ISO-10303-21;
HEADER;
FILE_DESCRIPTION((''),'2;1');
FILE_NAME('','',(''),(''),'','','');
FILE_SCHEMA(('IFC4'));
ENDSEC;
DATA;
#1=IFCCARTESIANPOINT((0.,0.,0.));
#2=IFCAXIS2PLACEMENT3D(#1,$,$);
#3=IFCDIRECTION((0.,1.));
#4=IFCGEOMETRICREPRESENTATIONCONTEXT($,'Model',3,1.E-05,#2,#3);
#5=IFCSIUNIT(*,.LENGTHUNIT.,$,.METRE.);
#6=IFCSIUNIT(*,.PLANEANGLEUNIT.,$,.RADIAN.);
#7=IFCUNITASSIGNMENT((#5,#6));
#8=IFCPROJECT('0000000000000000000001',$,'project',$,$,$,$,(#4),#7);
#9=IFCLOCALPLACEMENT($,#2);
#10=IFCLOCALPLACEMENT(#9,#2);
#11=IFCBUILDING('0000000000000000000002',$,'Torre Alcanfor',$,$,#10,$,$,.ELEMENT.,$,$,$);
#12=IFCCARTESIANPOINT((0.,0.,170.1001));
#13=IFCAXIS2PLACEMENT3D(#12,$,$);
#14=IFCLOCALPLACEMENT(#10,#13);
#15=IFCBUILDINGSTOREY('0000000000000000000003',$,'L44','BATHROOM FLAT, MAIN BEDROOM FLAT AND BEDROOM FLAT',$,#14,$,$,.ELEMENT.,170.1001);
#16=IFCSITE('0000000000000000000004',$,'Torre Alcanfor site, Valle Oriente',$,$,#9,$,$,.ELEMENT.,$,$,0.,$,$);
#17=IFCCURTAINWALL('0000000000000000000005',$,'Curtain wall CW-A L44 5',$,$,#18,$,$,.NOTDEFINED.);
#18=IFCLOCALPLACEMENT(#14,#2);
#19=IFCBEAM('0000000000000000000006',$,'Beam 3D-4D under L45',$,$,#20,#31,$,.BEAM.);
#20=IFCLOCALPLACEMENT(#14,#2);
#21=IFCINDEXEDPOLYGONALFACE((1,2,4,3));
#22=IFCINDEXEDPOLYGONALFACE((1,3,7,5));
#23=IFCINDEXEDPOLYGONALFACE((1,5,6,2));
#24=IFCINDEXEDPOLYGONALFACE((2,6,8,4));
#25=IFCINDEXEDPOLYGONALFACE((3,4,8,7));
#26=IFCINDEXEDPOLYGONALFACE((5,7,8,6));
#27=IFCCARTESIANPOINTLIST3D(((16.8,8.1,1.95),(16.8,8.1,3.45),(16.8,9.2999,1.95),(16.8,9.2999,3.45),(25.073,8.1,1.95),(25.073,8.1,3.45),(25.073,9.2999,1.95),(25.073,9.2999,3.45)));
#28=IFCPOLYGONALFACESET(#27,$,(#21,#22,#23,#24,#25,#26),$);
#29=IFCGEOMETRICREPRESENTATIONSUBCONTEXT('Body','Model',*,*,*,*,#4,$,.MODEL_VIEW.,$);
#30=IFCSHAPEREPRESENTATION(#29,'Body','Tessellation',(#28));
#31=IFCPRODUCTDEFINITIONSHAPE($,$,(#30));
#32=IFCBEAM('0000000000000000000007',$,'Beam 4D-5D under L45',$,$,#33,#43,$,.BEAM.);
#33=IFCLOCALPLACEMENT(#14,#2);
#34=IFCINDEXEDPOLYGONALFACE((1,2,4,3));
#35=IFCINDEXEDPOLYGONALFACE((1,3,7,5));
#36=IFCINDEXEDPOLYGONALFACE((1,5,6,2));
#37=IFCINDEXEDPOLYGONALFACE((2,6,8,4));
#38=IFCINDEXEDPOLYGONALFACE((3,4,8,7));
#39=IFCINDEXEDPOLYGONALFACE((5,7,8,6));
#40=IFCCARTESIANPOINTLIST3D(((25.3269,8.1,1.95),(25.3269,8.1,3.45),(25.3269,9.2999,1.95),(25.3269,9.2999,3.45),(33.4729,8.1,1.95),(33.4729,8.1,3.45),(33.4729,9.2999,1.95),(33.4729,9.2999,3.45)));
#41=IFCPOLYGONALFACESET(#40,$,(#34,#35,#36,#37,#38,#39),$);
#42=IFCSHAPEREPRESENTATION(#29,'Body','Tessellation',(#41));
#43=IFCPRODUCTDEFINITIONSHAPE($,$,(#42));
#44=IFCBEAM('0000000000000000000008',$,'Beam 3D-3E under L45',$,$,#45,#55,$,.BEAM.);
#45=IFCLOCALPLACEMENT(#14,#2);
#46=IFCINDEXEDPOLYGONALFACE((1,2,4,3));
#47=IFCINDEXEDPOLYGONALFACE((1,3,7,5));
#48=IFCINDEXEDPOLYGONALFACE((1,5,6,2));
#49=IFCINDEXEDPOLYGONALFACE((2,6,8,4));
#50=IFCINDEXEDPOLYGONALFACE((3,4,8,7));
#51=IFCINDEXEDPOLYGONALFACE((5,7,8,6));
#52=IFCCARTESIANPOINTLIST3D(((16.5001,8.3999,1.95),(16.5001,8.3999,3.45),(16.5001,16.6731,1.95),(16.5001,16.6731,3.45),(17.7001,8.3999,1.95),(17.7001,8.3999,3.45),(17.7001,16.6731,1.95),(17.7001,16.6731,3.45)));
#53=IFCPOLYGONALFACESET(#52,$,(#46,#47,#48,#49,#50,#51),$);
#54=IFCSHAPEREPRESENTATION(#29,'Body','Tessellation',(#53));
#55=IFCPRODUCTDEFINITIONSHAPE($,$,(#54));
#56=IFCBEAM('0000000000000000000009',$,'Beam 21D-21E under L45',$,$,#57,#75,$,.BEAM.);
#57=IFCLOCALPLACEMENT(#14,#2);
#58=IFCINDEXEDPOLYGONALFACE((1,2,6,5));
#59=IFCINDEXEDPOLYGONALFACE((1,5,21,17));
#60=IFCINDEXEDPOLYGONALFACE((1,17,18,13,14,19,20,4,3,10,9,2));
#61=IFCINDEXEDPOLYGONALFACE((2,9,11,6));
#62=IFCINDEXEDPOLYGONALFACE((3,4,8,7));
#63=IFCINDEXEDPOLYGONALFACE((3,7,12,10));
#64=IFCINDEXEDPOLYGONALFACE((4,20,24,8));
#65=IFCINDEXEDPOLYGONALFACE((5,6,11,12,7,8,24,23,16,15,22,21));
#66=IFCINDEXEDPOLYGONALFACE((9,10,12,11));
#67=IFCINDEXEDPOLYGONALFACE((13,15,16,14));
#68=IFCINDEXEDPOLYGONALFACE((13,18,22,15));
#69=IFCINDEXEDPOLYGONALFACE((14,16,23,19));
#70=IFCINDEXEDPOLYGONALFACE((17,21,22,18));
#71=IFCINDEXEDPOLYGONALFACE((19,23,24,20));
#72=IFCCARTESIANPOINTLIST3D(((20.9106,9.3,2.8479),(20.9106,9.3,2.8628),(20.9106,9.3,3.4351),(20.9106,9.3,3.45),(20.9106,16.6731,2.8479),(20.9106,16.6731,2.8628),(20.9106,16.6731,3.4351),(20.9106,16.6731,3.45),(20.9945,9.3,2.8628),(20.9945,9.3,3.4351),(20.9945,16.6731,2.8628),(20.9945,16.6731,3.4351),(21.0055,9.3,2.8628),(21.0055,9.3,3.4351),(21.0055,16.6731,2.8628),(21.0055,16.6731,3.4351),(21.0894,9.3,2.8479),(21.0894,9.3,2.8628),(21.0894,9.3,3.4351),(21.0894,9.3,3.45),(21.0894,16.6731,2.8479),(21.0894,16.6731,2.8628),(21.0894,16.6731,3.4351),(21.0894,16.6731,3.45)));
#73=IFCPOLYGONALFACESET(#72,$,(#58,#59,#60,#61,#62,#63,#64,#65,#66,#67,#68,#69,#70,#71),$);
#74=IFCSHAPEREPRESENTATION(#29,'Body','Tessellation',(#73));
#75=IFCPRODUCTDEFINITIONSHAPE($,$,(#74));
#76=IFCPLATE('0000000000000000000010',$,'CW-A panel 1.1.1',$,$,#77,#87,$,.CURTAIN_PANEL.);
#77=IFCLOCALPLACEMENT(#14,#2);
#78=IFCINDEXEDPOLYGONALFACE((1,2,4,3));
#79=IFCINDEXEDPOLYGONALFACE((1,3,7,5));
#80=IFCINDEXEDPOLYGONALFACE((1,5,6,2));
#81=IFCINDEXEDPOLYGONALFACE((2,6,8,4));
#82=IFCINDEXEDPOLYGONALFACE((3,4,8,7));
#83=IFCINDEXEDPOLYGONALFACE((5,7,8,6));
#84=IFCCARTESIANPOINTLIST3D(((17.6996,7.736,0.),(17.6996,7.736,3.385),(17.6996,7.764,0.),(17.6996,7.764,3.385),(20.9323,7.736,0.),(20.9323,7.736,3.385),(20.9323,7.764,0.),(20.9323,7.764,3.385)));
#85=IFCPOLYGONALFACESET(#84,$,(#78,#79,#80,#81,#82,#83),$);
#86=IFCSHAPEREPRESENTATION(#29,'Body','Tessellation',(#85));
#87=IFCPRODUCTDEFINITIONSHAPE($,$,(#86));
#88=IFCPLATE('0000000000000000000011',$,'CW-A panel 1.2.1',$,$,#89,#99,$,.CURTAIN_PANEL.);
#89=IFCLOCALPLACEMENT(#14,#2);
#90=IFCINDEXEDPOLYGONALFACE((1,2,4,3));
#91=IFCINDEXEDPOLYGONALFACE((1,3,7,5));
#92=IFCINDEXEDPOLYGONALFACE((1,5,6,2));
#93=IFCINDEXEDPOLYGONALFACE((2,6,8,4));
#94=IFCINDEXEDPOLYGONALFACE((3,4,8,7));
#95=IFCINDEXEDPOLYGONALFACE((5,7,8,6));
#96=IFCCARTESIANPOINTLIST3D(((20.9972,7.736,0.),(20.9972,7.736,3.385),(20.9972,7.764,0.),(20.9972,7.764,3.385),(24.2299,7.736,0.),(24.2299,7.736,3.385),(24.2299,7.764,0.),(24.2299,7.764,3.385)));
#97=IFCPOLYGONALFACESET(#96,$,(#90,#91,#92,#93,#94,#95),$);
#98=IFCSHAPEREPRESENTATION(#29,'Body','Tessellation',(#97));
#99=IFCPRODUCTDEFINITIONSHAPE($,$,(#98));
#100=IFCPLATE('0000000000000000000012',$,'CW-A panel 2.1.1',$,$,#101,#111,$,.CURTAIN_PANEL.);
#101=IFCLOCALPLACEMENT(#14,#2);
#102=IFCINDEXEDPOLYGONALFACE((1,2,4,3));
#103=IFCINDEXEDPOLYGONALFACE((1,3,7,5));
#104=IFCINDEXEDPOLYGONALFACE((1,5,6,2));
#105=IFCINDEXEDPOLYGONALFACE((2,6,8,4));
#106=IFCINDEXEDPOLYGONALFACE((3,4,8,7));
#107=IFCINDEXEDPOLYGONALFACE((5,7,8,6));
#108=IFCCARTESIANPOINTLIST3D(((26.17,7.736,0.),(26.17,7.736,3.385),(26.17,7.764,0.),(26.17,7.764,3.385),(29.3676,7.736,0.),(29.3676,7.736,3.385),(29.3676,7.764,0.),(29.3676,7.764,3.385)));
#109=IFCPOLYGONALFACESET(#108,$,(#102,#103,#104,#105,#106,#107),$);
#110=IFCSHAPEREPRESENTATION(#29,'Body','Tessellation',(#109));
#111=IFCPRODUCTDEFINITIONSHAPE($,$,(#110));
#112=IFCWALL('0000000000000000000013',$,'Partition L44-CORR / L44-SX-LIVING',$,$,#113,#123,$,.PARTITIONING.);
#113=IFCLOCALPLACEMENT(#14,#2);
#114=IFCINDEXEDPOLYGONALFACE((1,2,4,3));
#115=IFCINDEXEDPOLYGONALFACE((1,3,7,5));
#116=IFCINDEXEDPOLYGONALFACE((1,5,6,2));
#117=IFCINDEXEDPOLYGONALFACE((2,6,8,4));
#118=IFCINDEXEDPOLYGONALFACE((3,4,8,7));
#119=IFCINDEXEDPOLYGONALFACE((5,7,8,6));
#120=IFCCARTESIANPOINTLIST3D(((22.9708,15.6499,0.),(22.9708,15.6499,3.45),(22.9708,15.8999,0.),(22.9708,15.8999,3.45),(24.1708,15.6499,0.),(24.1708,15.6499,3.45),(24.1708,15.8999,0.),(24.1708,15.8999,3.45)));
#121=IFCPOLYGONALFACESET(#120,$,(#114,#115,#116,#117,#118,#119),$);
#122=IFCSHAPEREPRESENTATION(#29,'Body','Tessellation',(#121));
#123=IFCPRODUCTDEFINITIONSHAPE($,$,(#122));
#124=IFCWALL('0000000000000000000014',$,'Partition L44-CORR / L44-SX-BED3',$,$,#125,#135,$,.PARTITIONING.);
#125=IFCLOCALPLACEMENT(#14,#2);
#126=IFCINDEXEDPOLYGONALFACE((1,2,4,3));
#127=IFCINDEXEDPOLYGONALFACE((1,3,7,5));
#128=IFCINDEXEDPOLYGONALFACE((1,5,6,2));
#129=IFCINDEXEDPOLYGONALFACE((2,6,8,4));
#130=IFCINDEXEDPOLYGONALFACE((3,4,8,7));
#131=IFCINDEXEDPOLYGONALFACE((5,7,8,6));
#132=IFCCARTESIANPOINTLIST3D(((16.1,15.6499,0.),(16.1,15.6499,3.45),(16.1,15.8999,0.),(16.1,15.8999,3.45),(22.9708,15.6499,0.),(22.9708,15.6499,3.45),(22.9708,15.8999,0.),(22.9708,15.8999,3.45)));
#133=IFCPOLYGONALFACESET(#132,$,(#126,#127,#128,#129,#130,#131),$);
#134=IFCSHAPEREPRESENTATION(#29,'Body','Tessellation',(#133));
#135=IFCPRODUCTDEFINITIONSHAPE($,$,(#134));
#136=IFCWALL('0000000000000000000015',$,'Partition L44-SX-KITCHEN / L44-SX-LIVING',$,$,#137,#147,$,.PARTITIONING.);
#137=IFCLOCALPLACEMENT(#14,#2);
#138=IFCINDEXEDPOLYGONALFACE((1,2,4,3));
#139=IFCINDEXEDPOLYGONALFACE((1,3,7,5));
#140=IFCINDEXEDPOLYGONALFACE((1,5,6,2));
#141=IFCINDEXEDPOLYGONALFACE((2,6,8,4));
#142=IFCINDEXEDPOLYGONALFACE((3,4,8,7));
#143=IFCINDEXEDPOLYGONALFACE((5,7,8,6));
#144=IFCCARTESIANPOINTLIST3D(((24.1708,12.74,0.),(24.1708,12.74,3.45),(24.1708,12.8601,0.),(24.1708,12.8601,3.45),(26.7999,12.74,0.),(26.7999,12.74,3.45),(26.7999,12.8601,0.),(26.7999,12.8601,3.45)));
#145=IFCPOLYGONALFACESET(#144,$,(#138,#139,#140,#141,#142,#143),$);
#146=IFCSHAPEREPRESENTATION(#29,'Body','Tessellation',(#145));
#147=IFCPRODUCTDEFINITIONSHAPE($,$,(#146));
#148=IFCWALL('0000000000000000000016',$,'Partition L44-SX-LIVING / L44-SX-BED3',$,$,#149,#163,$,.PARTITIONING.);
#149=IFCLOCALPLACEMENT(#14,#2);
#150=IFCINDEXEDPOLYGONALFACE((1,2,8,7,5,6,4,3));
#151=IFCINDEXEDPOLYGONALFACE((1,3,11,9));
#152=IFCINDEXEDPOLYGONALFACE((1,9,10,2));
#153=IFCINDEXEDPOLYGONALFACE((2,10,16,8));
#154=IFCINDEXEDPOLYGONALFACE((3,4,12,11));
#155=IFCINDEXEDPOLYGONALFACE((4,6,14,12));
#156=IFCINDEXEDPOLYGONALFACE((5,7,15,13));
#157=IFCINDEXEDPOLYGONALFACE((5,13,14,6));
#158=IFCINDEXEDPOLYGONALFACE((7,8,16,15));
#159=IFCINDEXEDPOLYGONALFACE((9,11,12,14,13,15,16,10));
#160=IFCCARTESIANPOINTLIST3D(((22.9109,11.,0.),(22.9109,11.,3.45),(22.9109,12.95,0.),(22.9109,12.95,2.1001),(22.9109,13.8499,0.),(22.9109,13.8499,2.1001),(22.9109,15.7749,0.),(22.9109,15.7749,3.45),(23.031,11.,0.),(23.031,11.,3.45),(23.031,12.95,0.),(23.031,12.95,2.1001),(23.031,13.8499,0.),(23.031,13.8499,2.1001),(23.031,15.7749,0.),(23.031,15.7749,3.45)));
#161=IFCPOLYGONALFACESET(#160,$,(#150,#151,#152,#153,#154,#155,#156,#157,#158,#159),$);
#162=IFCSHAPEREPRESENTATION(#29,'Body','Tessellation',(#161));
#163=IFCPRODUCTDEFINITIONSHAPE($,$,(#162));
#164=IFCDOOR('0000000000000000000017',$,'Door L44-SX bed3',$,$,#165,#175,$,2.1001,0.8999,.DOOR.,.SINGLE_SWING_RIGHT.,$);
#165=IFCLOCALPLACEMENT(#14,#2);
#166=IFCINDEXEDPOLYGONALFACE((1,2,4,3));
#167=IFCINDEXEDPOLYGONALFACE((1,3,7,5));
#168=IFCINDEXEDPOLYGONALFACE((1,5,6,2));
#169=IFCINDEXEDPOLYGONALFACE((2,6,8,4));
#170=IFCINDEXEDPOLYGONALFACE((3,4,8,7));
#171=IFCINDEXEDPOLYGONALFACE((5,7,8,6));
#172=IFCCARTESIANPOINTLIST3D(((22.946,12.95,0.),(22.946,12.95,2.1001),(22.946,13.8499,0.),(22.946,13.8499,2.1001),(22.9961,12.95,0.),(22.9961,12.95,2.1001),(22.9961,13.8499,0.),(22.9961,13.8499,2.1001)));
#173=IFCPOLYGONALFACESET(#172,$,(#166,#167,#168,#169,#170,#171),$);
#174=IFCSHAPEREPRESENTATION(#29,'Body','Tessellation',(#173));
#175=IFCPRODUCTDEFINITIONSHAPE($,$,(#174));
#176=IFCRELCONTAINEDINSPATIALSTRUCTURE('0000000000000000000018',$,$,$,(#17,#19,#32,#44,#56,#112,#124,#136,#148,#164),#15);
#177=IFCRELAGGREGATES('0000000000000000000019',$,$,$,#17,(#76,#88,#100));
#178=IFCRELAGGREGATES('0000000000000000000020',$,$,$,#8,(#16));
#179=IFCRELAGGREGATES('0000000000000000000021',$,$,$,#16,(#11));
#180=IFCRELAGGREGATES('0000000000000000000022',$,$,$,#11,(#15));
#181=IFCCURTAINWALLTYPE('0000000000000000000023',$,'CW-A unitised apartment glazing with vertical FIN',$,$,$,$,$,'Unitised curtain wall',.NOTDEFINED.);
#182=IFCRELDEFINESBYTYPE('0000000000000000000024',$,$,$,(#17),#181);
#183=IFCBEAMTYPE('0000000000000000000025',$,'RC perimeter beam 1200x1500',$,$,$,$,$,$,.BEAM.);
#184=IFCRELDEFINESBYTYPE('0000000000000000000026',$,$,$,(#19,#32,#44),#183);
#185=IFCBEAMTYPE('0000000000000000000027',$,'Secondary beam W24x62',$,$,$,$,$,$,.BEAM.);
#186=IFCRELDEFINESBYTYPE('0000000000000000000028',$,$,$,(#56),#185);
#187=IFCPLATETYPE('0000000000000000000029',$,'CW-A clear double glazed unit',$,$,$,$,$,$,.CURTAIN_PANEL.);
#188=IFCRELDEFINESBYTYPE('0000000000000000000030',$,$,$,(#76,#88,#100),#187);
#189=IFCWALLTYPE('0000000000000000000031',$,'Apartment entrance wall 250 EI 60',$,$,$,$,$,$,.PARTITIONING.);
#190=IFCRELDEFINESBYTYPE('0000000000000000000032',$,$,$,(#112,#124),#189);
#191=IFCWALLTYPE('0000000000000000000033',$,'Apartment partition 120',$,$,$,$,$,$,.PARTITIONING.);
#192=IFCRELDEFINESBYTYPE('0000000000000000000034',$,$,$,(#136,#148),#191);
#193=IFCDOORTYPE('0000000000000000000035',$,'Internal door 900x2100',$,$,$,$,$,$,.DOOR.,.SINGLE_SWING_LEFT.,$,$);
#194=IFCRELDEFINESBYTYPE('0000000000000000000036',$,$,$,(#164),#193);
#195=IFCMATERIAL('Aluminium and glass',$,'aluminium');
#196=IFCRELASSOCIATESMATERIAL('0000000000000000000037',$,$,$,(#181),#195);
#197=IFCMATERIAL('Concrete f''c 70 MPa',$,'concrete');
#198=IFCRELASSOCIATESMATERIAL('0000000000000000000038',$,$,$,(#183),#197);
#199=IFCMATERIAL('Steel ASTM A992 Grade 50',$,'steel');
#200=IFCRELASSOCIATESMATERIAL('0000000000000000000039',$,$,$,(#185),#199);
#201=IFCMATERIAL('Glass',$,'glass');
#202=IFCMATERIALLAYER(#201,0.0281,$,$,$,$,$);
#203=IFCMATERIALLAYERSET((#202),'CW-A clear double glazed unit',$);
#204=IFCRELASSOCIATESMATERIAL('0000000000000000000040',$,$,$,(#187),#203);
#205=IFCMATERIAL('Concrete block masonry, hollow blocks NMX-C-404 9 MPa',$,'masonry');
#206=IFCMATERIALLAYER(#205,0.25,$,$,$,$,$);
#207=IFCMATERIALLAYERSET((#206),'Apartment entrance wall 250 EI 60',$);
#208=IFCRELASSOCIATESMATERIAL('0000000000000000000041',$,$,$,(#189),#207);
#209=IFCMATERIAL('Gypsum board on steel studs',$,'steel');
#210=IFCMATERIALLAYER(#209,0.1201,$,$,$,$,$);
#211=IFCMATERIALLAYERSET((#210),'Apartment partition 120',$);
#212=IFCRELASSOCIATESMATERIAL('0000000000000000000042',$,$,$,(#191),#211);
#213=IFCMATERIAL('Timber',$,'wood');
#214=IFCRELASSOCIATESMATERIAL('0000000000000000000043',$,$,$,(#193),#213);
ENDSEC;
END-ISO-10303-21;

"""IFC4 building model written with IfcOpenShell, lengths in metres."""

from ifc_helpers import new_model, si_unit, direction, frame, frame_2d, origin, origin_2d, place, context, subcontext, project, spatial, rectangle, i_section, extrude, material, layer, layer_set, material_profile, profile_set, type_object, element, fill, aggregate, save


model = new_model("IFC4")

# Units and contexts
model_context = context("Model", 3, precision=1e-05, world=origin(), true_north=direction((0.0, 1.0)))
body_context = subcontext(model_context, "Body", "Model", "MODEL_VIEW")
ifc_project = project(units=[si_unit("LENGTHUNIT", "METRE"), si_unit("PLANEANGLEUNIT", "RADIAN")], contexts=[model_context])

# Site, building, storey
site_placement = place(None, origin())
site = spatial("IfcSite", under=ifc_project, at=site_placement, Name="Torre Alcanfor site, Valle Oriente", CompositionType="ELEMENT", RefElevation=0.0)
building_placement = place(site_placement, origin())
building = spatial("IfcBuilding", under=site, at=building_placement, Name="Torre Alcanfor", CompositionType="ELEMENT")
storey_placement = place(building_placement, frame((0.0, 0.0, 170.1001)))
storey = spatial("IfcBuildingStorey", under=building, at=storey_placement, Name="L44", Description="BATHROOM FLAT, MAIN BEDROOM FLAT AND BEDROOM FLAT", CompositionType="ELEMENT", Elevation=170.1001)

# Curtain wall
ifc_material_1 = material(Name="Aluminium and glass", Category="aluminium")
curtain_wall_type = type_object("IfcCurtainWallType", Name="CW-A unitised apartment glazing with vertical FIN", ElementType="Unitised curtain wall", PredefinedType="NOTDEFINED", material=ifc_material_1)
curtain_wall_placement = place(storey_placement, origin())
curtain_wall = element("IfcCurtainWall", 1, at=curtain_wall_placement, inside=storey, type_object=curtain_wall_type, Name="Curtain wall CW-A L44 5", PredefinedType="NOTDEFINED")

# Beams
ifc_material_2 = material(Name="Concrete f'c 70 MPa", Category="concrete")
ifc_material_profile_1 = material_profile(ifc_material_2, rectangle(XDim=1.2, YDim=1.5, at=origin_2d()), Name="1200x1500")
ifc_profile_set_1 = profile_set([ifc_material_profile_1], Name="Concrete f'c 70 MPa")
beam_type_1 = type_object("IfcBeamType", Name="RC perimeter beam 1200x1500", PredefinedType="BEAM", material=ifc_profile_set_1)
beam_1_placement = place(storey_placement, frame((16.8, 8.7, 2.7), z_axis=(1.0, 0.0, 0.0), x_axis=(0.0, 1.0, 0.0)))
element("IfcBeam", 2, at=beam_1_placement, inside=storey, type_object=beam_type_1, Name="Beam 3D-4D under L45", PredefinedType="BEAM", context=body_context, shape_type="SweptSolid", body=[
    extrude(rectangle(XDim=1.2, YDim=1.5, at=origin_2d()), origin(), (0.0, 0.0, 1.0), 8.2729),
])
beam_2_placement = place(storey_placement, frame((25.3269, 8.7, 2.7), z_axis=(1.0, 0.0, 0.0), x_axis=(0.0, 1.0, 0.0)))
element("IfcBeam", 3, at=beam_2_placement, inside=storey, type_object=beam_type_1, Name="Beam 4D-5D under L45", PredefinedType="BEAM", context=body_context, shape_type="SweptSolid", body=[
    extrude(rectangle(XDim=1.2, YDim=1.5, at=origin_2d()), origin(), (0.0, 0.0, 1.0), 8.146),
])
beam_3_placement = place(storey_placement, frame((17.1001, 8.3999, 2.7), z_axis=(0.0, 1.0, 0.0), x_axis=(-1.0, 0.0, 0.0)))
element("IfcBeam", 4, at=beam_3_placement, inside=storey, type_object=beam_type_1, Name="Beam 3D-3E under L45", PredefinedType="BEAM", context=body_context, shape_type="SweptSolid", body=[
    extrude(rectangle(XDim=1.2, YDim=1.5, at=origin_2d()), origin(), (0.0, 0.0, 1.0), 8.2732),
])
ifc_material_3 = material(Name="Steel ASTM A992 Grade 50", Category="steel")
ifc_material_profile_2 = material_profile(ifc_material_3, i_section(OverallWidth=0.1787, OverallDepth=0.6021, WebThickness=0.011, FlangeThickness=0.0149, at=origin_2d()), Name="W24x62")
ifc_profile_set_2 = profile_set([ifc_material_profile_2], Name="Steel ASTM A992 Grade 50")
beam_type_2 = type_object("IfcBeamType", Name="Secondary beam W24x62", PredefinedType="BEAM", material=ifc_profile_set_2)
beam_4_placement = place(storey_placement, frame((21.0, 9.3, 3.1489), z_axis=(0.0, 1.0, 0.0), x_axis=(-1.0, 0.0, 0.0)))
element("IfcBeam", 5, at=beam_4_placement, inside=storey, type_object=beam_type_2, Name="Beam 21D-21E under L45", PredefinedType="BEAM", context=body_context, shape_type="SweptSolid", body=[
    extrude(i_section(OverallWidth=0.1787, OverallDepth=0.6021, WebThickness=0.011, FlangeThickness=0.0149, at=origin_2d()), origin(), (0.0, 0.0, 1.0), 7.373),
])

# Plates
ifc_material_4 = material(Name="Glass", Category="glass")
ifc_layer_1 = layer(ifc_material_4, 0.0281)
ifc_layer_set_1 = layer_set([ifc_layer_1], Name="CW-A clear double glazed unit")
plate_type = type_object("IfcPlateType", Name="CW-A clear double glazed unit", PredefinedType="CURTAIN_PANEL", material=ifc_layer_set_1)
plate_1_placement = place(storey_placement, frame((19.3159, 7.75, 0.0), z_axis=(0.0, 0.0, 1.0), x_axis=(1.0, 0.0, 0.0)))
plate_1 = element("IfcPlate", 6, at=plate_1_placement, type_object=plate_type, Name="CW-A panel 1.1.1", PredefinedType="CURTAIN_PANEL", context=body_context, shape_type="SweptSolid", body=[
    extrude(rectangle(XDim=3.2327, YDim=0.0281, at=origin_2d()), origin(), (0.0, 0.0, 1.0), 3.385),
])
plate_2_placement = place(storey_placement, frame((22.6135, 7.75, 0.0), z_axis=(0.0, 0.0, 1.0), x_axis=(1.0, 0.0, 0.0)))
plate_2 = element("IfcPlate", 7, at=plate_2_placement, type_object=plate_type, Name="CW-A panel 1.2.1", PredefinedType="CURTAIN_PANEL", context=body_context, shape_type="SweptSolid", body=[
    extrude(rectangle(XDim=3.2327, YDim=0.0281, at=origin_2d()), origin(), (0.0, 0.0, 1.0), 3.385),
])
plate_3_placement = place(storey_placement, frame((27.7688, 7.75, 0.0), z_axis=(0.0, 0.0, 1.0), x_axis=(1.0, 0.0, 0.0)))
plate_3 = element("IfcPlate", 8, at=plate_3_placement, type_object=plate_type, Name="CW-A panel 2.1.1", PredefinedType="CURTAIN_PANEL", context=body_context, shape_type="SweptSolid", body=[
    extrude(rectangle(XDim=3.1975, YDim=0.0281, at=origin_2d()), origin(), (0.0, 0.0, 1.0), 3.385),
])
aggregate(curtain_wall, [plate_1, plate_2, plate_3])

# Walls
ifc_material_5 = material(Name="Concrete block masonry, hollow blocks NMX-C-404 9 MPa", Category="masonry")
ifc_layer_2 = layer(ifc_material_5, 0.25)
ifc_layer_set_2 = layer_set([ifc_layer_2], Name="Apartment entrance wall 250 EI 60")
wall_type_1 = type_object("IfcWallType", Name="Apartment entrance wall 250 EI 60", PredefinedType="PARTITIONING", material=ifc_layer_set_2)
wall_1_placement = place(storey_placement, frame((24.1709, 15.7749, 0.0), z_axis=(0.0, 0.0, 1.0), x_axis=(-1.0, 0.0, 0.0)))
element("IfcWall", 9, at=wall_1_placement, inside=storey, type_object=wall_type_1, Name="Partition L44-CORR / L44-SX-LIVING", PredefinedType="PARTITIONING", context=body_context, shape_type="SweptSolid", body=[
    extrude(rectangle(XDim=1.2, YDim=0.25, at=frame_2d((0.6001, 0.0))), origin(), (0.0, 0.0, 1.0), 3.45),
])
wall_2_placement = place(storey_placement, frame((22.9709, 15.7749, 0.0), z_axis=(0.0, 0.0, 1.0), x_axis=(-1.0, 0.0, 0.0)))
element("IfcWall", 10, at=wall_2_placement, inside=storey, type_object=wall_type_1, Name="Partition L44-CORR / L44-SX-BED3", PredefinedType="PARTITIONING", context=body_context, shape_type="SweptSolid", body=[
    extrude(rectangle(XDim=6.8708, YDim=0.25, at=frame_2d((3.4355, 0.0))), origin(), (0.0, 0.0, 1.0), 3.45),
])
ifc_material_6 = material(Name="Gypsum board on steel studs", Category="steel")
ifc_layer_3 = layer(ifc_material_6, 0.1201)
ifc_layer_set_3 = layer_set([ifc_layer_3], Name="Apartment partition 120")
wall_type_2 = type_object("IfcWallType", Name="Apartment partition 120", PredefinedType="PARTITIONING", material=ifc_layer_set_3)
wall_3_placement = place(storey_placement, frame((24.1709, 12.8, 0.0), z_axis=(0.0, 0.0, 1.0), x_axis=(1.0, 0.0, 0.0)))
element("IfcWall", 11, at=wall_3_placement, inside=storey, type_object=wall_type_2, Name="Partition L44-SX-KITCHEN / L44-SX-LIVING", PredefinedType="PARTITIONING", context=body_context, shape_type="SweptSolid", body=[
    extrude(rectangle(XDim=2.6292, YDim=0.1201, at=frame_2d((1.3145, 0.0))), origin(), (0.0, 0.0, 1.0), 3.45),
])

# Wall, opening, door
wall_4_placement = place(storey_placement, frame((22.9709, 11.0, 0.0), z_axis=(0.0, 0.0, 1.0), x_axis=(0.0, 1.0, 0.0)))
wall_4 = element("IfcWall", 12, at=wall_4_placement, inside=storey, type_object=wall_type_2, Name="Partition L44-SX-LIVING / L44-SX-BED3", PredefinedType="PARTITIONING", context=body_context, shape_type="SweptSolid", body=[
    extrude(rectangle(XDim=4.7749, YDim=0.1201, at=frame_2d((2.3875, 0.0))), origin(), (0.0, 0.0, 1.0), 3.45),
])
opening_1_placement = place(wall_4_placement, frame((1.95, 0.0, 0.0)))
opening_1 = element("IfcOpeningElement", 13, at=opening_1_placement, cuts=wall_4, PredefinedType="OPENING", context=body_context, shape_type="SweptSolid", body=[
    extrude(rectangle(XDim=0.8999, YDim=2.1001, at=frame_2d((0.45, 1.05))), frame((0.0, 0.0701, 0.0), z_axis=(0.0, -1.0, 0.0), x_axis=(1.0, 0.0, 0.0)), (0.0, 0.0, 1.0), 0.1401),
])
ifc_material_7 = material(Name="Timber", Category="wood")
door_type_1 = type_object("IfcDoorType", Name="Internal door 900x2100", OperationType="SINGLE_SWING_LEFT", PredefinedType="DOOR", material=ifc_material_7)
door_1_placement = place(opening_1_placement, origin())
door_1 = element("IfcDoor", 14, at=door_1_placement, inside=storey, type_object=door_type_1, Name="Door L44-SX bed3", OperationType="SINGLE_SWING_RIGHT", OverallHeight=2.1001, OverallWidth=0.8999, PredefinedType="DOOR", context=body_context, shape_type="SweptSolid", body=[
    extrude(rectangle(XDim=0.8999, YDim=2.1001, at=frame_2d((0.45, 1.05))), frame((0.0, 0.0249, 0.0), z_axis=(0.0, -1.0, 0.0), x_axis=(1.0, 0.0, 0.0)), (0.0, 0.0, 1.0), 0.05),
])
fill(opening_1, door_1)

save(model, "model.ifc")
